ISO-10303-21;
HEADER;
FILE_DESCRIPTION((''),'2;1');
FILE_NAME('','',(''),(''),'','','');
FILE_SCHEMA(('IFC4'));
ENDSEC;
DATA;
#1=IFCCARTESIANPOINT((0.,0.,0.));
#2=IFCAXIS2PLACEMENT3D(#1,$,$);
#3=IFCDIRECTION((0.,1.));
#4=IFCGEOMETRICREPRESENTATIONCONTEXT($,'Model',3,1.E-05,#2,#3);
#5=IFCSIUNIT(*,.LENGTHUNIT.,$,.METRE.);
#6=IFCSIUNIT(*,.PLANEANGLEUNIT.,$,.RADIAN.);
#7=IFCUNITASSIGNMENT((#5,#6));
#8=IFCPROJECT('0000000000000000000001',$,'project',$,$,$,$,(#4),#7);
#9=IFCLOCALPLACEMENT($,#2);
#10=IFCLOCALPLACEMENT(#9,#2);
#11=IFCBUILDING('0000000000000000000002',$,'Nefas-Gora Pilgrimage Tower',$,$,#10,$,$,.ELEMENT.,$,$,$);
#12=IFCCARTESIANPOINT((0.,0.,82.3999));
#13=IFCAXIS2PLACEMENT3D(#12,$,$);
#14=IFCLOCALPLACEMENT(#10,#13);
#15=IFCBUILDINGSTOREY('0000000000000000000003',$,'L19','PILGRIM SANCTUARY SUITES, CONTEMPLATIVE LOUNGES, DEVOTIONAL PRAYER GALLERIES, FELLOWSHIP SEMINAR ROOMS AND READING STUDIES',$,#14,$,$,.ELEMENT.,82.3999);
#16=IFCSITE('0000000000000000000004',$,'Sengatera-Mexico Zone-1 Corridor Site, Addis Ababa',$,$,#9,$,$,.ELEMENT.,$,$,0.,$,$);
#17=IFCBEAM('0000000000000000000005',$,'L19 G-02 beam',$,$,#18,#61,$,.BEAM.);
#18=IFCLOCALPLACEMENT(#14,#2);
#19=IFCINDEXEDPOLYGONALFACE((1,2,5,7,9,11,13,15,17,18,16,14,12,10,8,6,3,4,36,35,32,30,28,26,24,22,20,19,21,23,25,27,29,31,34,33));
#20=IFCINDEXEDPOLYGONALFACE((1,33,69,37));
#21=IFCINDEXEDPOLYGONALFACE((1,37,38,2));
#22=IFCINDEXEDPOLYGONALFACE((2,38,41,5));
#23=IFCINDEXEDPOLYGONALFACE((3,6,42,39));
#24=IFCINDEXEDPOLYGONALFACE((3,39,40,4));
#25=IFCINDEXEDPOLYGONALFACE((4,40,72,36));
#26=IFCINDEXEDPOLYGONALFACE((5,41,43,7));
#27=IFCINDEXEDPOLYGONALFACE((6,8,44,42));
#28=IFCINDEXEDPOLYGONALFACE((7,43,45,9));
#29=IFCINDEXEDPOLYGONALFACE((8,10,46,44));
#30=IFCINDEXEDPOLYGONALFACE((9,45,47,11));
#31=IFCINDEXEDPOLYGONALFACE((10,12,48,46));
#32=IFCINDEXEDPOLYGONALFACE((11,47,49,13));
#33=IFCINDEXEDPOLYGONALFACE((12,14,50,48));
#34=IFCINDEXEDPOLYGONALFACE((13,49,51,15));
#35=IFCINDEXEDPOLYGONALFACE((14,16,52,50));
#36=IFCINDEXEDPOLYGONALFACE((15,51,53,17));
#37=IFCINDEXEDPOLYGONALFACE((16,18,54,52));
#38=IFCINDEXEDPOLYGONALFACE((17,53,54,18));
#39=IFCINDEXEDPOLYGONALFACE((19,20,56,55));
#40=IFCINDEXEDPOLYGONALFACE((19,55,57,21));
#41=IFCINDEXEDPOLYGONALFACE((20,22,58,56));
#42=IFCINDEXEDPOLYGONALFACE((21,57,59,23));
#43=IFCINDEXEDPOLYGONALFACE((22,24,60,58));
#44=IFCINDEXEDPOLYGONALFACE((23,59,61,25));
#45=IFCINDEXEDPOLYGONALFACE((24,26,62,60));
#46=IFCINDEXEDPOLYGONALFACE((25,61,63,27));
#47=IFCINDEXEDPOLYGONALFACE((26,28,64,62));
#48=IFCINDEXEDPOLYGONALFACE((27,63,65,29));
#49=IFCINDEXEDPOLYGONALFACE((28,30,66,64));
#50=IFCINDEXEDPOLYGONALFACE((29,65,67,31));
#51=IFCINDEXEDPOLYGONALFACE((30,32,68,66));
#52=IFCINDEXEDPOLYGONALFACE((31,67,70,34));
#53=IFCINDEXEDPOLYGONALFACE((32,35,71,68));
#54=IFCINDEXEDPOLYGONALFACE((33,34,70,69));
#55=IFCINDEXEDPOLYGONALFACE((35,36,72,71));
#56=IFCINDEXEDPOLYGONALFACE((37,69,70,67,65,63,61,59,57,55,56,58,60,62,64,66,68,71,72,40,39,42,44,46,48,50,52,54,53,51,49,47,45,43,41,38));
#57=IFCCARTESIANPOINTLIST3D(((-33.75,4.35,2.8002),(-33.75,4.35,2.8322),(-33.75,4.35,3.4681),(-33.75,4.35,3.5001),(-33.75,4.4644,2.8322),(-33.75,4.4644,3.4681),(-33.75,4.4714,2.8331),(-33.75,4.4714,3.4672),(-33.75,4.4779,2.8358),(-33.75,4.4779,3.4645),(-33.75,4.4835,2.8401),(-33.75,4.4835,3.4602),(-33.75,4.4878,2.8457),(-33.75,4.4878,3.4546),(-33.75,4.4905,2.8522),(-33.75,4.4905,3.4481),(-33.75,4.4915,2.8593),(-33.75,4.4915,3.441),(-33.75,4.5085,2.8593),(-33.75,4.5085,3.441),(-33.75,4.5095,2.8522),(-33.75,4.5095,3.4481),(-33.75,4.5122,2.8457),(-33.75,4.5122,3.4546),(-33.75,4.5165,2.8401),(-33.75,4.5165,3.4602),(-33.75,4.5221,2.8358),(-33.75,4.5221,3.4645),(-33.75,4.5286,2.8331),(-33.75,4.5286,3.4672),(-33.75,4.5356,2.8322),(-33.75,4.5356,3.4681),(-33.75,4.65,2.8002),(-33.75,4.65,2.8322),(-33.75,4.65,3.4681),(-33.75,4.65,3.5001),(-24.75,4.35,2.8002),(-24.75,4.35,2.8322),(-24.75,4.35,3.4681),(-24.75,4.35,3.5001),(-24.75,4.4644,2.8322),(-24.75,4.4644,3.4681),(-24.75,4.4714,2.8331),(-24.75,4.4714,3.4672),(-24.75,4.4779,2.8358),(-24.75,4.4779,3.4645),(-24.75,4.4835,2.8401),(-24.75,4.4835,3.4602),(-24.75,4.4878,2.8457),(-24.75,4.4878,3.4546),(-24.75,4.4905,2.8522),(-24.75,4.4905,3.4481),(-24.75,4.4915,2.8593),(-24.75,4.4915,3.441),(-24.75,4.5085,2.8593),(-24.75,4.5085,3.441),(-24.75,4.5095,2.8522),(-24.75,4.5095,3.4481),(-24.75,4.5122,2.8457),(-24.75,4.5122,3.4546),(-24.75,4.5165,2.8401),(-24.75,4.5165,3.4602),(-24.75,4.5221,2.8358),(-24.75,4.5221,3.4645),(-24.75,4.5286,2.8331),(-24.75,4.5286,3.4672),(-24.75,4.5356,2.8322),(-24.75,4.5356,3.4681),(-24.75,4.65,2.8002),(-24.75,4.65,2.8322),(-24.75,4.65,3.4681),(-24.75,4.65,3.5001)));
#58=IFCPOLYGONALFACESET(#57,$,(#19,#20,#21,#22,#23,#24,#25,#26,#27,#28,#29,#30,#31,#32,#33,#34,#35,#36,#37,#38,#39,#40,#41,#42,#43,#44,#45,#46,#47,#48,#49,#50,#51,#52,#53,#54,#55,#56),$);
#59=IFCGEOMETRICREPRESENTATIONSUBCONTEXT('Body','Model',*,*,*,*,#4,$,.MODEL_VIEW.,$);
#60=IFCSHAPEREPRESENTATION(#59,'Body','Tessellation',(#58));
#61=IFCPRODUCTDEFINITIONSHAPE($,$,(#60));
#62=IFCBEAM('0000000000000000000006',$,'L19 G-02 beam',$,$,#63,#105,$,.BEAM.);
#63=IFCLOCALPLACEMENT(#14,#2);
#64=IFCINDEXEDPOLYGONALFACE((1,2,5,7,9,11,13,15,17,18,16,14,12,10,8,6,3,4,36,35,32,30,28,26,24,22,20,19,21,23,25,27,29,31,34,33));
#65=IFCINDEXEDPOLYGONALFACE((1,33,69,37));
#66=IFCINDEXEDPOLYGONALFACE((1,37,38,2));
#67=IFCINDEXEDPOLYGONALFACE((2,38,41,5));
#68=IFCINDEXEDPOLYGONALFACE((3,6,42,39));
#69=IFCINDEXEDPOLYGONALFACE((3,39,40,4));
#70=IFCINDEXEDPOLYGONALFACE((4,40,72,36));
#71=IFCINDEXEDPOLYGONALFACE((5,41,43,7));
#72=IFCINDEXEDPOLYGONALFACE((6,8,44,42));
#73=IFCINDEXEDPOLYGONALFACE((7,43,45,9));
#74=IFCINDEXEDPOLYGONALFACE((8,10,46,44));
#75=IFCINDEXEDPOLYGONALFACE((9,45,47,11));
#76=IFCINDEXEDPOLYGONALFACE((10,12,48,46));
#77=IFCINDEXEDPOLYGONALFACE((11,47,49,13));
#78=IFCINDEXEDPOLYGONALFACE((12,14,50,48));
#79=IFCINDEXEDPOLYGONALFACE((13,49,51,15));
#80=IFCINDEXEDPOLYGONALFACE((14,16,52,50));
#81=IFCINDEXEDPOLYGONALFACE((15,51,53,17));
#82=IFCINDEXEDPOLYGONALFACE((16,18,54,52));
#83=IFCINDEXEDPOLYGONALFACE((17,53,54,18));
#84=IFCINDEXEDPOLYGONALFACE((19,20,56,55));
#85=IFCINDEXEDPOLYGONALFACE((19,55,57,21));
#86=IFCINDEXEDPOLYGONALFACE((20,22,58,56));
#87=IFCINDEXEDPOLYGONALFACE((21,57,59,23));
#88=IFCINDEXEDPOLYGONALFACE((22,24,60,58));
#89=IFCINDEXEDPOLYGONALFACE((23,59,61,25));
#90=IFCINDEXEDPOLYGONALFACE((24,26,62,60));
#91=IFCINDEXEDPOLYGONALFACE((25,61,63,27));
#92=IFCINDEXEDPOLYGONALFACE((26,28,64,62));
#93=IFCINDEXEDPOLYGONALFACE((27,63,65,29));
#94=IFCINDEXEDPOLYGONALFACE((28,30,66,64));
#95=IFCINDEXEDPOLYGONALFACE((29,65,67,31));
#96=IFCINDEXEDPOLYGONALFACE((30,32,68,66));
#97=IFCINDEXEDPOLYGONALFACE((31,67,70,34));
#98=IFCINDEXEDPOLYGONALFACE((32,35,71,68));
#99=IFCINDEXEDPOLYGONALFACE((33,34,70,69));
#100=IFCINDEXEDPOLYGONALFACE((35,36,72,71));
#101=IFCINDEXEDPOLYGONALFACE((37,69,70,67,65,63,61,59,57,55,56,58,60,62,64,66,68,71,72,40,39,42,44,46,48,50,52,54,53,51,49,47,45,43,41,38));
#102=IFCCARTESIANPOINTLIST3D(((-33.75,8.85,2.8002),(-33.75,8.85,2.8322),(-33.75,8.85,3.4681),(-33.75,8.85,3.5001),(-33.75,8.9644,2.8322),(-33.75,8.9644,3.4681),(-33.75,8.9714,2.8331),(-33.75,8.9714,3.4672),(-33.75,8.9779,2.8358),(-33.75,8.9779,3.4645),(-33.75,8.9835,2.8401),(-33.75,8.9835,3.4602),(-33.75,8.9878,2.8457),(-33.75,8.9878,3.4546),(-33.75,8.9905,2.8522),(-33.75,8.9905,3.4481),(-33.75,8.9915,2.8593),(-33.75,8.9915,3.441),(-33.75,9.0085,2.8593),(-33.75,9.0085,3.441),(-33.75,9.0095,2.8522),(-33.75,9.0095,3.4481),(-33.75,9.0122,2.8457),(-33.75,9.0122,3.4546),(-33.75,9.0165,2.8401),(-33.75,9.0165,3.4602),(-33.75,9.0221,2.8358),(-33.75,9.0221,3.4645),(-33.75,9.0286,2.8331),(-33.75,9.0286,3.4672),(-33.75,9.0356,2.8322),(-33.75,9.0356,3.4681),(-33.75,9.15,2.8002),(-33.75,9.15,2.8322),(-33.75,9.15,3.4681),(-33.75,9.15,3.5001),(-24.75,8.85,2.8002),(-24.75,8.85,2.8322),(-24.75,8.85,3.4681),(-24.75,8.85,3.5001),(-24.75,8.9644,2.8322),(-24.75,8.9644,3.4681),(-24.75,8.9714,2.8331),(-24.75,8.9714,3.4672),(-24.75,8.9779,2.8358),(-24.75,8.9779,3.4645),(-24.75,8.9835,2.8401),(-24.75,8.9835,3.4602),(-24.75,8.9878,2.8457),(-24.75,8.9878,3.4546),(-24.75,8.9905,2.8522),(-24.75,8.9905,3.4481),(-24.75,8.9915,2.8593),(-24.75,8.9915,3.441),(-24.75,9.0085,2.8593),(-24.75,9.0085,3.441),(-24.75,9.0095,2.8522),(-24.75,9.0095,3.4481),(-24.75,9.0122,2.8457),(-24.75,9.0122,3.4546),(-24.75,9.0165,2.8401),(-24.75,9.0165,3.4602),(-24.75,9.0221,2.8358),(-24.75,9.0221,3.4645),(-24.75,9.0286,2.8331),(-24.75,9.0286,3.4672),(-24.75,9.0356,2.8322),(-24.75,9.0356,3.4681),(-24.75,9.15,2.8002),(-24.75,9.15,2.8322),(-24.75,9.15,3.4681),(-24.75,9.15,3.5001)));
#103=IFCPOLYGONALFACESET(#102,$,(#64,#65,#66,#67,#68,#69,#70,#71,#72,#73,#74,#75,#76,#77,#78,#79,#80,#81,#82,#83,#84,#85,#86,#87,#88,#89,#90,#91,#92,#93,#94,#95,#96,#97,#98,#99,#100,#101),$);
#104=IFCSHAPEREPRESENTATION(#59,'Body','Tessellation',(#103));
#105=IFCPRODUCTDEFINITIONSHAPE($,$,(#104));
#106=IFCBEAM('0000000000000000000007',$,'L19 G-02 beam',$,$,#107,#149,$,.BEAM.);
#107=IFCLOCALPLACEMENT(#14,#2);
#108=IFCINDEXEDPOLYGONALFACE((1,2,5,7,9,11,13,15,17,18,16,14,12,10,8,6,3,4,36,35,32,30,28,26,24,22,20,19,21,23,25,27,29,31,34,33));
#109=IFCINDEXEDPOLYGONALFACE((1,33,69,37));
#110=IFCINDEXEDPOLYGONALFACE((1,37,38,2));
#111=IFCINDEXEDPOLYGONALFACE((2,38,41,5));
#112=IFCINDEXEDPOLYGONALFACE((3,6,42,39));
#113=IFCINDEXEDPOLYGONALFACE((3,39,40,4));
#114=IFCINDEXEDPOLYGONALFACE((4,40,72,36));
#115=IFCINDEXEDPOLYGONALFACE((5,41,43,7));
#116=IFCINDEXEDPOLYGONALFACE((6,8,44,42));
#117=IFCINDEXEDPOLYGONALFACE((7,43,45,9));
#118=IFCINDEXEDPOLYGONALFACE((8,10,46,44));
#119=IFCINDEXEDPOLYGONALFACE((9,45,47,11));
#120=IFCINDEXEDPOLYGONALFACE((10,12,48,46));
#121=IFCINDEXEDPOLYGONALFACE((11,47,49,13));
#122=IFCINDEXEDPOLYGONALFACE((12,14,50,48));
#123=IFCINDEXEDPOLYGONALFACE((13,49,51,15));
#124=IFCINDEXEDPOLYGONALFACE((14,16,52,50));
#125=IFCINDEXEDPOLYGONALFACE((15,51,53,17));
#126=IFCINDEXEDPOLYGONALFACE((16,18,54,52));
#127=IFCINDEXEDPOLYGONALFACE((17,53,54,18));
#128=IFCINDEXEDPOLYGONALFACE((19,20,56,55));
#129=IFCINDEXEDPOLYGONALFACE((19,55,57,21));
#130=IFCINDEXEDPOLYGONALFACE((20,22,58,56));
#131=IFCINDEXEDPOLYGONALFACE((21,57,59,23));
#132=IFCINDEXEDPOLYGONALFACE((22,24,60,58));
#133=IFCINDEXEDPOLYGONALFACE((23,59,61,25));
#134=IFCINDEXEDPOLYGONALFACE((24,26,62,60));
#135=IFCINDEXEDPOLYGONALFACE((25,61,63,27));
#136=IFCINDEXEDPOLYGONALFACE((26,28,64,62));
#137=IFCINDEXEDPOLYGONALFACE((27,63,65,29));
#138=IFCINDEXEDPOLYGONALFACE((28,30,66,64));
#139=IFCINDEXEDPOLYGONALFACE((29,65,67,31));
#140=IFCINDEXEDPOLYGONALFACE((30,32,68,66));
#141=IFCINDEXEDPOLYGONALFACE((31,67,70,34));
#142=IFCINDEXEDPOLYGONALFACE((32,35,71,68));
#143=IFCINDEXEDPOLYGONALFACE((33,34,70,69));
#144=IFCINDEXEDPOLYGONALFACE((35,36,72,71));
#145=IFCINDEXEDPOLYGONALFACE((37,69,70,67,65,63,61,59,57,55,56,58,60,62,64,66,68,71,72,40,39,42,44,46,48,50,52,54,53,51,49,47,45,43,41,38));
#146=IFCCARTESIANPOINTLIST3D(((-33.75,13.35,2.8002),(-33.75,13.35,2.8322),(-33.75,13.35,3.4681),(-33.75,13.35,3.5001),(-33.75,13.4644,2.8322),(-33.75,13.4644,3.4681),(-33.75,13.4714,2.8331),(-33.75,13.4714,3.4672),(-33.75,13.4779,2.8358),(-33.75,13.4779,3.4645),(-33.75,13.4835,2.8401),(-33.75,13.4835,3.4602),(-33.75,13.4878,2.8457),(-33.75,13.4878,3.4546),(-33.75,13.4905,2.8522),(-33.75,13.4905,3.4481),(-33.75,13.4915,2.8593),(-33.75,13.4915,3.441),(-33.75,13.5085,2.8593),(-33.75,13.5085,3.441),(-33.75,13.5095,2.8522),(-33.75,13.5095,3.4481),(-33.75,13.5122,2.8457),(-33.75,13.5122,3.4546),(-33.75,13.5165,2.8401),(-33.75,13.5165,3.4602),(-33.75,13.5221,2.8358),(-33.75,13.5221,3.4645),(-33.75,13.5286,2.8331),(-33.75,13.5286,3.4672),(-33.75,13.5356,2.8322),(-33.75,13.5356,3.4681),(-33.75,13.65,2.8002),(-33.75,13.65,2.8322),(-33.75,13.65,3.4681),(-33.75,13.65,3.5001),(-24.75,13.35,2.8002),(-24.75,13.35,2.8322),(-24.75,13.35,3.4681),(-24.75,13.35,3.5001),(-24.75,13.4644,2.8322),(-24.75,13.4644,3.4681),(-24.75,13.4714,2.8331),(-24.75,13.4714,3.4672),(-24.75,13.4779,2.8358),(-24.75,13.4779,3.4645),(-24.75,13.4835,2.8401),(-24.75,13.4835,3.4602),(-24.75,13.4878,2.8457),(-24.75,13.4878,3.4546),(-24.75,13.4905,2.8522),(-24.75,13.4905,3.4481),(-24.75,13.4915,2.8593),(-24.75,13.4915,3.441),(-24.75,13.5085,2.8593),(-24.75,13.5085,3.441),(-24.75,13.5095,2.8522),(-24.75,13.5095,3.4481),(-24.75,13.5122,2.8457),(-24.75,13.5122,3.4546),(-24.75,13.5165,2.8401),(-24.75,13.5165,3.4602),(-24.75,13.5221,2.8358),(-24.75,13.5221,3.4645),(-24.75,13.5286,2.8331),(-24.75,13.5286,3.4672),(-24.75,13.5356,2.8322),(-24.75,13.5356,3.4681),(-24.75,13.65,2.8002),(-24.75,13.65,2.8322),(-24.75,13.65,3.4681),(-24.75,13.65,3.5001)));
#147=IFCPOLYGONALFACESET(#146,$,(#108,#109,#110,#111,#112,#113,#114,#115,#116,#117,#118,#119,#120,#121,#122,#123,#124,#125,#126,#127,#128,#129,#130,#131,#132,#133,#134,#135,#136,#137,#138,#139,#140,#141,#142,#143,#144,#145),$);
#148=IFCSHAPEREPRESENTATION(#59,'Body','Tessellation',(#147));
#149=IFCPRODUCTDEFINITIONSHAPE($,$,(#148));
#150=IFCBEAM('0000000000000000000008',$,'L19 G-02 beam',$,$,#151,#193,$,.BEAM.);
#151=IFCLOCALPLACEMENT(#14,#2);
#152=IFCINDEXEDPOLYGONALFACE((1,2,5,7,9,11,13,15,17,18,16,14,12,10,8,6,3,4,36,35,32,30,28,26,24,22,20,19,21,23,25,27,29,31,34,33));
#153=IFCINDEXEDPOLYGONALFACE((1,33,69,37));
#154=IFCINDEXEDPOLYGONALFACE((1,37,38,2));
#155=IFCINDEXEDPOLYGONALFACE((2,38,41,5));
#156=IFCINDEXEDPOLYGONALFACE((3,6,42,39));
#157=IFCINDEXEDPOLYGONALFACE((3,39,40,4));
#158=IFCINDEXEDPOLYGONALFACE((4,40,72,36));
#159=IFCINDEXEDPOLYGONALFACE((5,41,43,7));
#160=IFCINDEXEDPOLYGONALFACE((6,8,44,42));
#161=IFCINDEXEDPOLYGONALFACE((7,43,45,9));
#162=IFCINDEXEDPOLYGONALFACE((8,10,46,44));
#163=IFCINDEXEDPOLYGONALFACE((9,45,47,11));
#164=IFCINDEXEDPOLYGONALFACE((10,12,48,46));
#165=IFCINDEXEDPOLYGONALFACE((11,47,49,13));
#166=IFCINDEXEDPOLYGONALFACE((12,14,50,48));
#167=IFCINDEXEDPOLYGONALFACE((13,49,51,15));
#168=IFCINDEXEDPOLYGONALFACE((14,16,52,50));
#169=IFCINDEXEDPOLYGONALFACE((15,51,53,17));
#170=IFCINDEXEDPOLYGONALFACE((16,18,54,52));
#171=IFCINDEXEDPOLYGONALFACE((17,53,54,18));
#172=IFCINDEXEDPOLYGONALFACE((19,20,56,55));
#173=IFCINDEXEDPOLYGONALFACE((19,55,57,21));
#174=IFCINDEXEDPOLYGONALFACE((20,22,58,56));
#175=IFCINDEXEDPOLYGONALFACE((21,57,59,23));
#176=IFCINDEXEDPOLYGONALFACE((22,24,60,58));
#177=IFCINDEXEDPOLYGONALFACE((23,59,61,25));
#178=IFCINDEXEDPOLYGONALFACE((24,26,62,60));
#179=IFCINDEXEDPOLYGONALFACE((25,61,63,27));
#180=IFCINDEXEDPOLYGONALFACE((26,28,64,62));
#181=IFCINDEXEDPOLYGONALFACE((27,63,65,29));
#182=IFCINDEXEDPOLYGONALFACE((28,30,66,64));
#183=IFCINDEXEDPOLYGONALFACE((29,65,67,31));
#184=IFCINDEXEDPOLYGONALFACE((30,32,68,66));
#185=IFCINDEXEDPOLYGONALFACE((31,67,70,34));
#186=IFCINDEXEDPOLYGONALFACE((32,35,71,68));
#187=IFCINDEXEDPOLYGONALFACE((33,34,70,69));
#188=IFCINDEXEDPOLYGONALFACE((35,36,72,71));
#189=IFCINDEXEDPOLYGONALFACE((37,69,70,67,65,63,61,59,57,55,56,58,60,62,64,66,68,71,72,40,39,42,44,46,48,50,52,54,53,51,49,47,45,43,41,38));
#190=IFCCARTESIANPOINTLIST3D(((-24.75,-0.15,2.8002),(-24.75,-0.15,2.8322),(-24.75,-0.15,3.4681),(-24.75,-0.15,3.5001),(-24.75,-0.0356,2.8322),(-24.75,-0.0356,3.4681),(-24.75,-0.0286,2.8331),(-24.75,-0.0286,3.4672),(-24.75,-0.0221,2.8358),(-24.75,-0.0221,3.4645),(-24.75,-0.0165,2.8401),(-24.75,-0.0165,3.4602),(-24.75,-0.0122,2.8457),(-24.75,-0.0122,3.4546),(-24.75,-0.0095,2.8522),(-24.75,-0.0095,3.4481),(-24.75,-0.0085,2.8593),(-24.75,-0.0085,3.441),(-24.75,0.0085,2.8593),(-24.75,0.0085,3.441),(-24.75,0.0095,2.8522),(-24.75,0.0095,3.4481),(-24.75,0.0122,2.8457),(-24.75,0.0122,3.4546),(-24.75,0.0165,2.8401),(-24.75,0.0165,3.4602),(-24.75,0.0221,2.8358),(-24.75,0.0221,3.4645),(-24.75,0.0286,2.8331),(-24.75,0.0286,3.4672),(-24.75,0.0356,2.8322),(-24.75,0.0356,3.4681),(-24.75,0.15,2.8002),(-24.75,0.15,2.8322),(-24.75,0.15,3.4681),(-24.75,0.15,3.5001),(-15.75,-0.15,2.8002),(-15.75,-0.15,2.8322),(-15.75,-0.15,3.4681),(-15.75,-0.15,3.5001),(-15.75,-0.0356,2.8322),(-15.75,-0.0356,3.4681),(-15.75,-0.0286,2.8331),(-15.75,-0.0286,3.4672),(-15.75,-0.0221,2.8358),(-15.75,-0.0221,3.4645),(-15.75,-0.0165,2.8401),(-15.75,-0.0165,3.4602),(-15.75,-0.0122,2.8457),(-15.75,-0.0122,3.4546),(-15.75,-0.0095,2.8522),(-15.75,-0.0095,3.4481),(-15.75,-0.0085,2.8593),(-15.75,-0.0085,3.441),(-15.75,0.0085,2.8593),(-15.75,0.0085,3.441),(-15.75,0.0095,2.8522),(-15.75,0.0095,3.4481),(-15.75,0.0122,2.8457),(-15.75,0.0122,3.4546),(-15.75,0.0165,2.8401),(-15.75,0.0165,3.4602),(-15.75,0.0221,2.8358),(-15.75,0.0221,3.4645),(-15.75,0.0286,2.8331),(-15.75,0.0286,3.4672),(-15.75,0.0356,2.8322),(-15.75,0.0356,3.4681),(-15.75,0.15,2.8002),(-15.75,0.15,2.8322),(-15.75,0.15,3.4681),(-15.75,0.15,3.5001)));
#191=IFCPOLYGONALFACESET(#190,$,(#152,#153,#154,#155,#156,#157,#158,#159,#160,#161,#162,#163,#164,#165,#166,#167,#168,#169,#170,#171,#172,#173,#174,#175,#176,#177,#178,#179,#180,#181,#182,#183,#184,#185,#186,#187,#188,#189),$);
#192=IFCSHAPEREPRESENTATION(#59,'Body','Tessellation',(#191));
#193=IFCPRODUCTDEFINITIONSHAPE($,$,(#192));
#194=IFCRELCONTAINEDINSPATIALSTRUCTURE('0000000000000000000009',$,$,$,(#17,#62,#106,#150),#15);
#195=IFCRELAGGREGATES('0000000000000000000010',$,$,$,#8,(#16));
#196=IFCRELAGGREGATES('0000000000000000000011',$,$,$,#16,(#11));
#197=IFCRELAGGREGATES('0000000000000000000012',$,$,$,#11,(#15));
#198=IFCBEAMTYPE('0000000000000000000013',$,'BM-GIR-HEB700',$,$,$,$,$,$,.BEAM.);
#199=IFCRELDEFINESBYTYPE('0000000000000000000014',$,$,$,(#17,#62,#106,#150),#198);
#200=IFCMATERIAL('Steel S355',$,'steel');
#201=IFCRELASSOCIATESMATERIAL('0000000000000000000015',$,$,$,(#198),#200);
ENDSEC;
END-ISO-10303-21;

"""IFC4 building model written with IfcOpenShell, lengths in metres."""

from ifc_helpers import new_model, si_unit, direction, frame, origin, origin_2d, place, context, subcontext, project, spatial, i_section, extrude, source, transform, mapped, material, material_profile, profile_set, type_object, element, save


model = new_model("IFC4")

# Units and contexts
model_context = context("Model", 3, precision=1e-05, world=origin(), true_north=direction((0.0, 1.0)))
body_context = subcontext(model_context, "Body", "Model", "MODEL_VIEW")
ifc_project = project(units=[si_unit("LENGTHUNIT", "METRE"), si_unit("PLANEANGLEUNIT", "RADIAN")], contexts=[model_context])

# Site, building, storey
site_placement = place(None, origin())
site = spatial("IfcSite", under=ifc_project, at=site_placement, Name="Sengatera-Mexico Zone-1 Corridor Site, Addis Ababa", CompositionType="ELEMENT", RefElevation=0.0)
building_placement = place(site_placement, origin())
building = spatial("IfcBuilding", under=site, at=building_placement, Name="Nefas-Gora Pilgrimage Tower", CompositionType="ELEMENT")
storey_placement = place(building_placement, frame((0.0, 0.0, 82.3999)))
storey = spatial("IfcBuildingStorey", under=building, at=storey_placement, Name="L19", Description="PILGRIM SANCTUARY SUITES, CONTEMPLATIVE LOUNGES, DEVOTIONAL PRAYER GALLERIES, FELLOWSHIP SEMINAR ROOMS AND READING STUDIES", CompositionType="ELEMENT", Elevation=82.3999)

# Beams
ifc_material_1 = material(Name="Steel S355", Category="steel")
ifc_material_profile_1 = material_profile(ifc_material_1, i_section(OverallWidth=0.3, OverallDepth=0.7, WebThickness=0.0171, FlangeThickness=0.032, FilletRadius=0.0271, at=origin_2d()), Name="HEB 700")
ifc_profile_set_1 = profile_set([ifc_material_profile_1], Name="Steel S355")
beam_type_1 = type_object("IfcBeamType", Name="BM-GIR-HEB700", PredefinedType="BEAM", material=ifc_profile_set_1)
shared_shape_1 = source(origin(), body_context, "Body", "SweptSolid", [
    extrude(i_section(OverallWidth=0.3, OverallDepth=0.7, WebThickness=0.0171, FlangeThickness=0.032, FilletRadius=0.0271, at=origin_2d()), origin(), (0.0, 0.0, 1.0), 9.0),
])
for number, where, z_axis, x_axis, name in (
    (1, (-33.75, 4.5, 3.1501), (1.0, 0.0, 0.0), (0.0, 1.0, 0.0), "L19 G-02 beam"),
    (2, (-33.75, 9.0, 3.1501), (1.0, 0.0, 0.0), (0.0, 1.0, 0.0), "L19 G-02 beam"),
    (3, (-33.75, 13.5, 3.1501), (1.0, 0.0, 0.0), (0.0, 1.0, 0.0), "L19 G-02 beam"),
    (4, (-24.75, 0.0, 3.1501), (1.0, 0.0, 0.0), (0.0, 1.0, 0.0), "L19 G-02 beam"),
):
    element("IfcBeam", number, at=place(storey_placement, frame(where, z_axis=z_axis, x_axis=x_axis)), inside=storey, type_object=beam_type_1, Name=name, PredefinedType="BEAM", context=body_context, shape_type="MappedRepresentation", body=[
        mapped(shared_shape_1, transform((0.0, 0.0, 0.0), x_axis=(1.0, 0.0, 0.0), y_axis=(0.0, 1.0, 0.0), z_axis=(0.0, 0.0, 1.0), scale=1.0)),
    ])

save(model, "model.ifc")
